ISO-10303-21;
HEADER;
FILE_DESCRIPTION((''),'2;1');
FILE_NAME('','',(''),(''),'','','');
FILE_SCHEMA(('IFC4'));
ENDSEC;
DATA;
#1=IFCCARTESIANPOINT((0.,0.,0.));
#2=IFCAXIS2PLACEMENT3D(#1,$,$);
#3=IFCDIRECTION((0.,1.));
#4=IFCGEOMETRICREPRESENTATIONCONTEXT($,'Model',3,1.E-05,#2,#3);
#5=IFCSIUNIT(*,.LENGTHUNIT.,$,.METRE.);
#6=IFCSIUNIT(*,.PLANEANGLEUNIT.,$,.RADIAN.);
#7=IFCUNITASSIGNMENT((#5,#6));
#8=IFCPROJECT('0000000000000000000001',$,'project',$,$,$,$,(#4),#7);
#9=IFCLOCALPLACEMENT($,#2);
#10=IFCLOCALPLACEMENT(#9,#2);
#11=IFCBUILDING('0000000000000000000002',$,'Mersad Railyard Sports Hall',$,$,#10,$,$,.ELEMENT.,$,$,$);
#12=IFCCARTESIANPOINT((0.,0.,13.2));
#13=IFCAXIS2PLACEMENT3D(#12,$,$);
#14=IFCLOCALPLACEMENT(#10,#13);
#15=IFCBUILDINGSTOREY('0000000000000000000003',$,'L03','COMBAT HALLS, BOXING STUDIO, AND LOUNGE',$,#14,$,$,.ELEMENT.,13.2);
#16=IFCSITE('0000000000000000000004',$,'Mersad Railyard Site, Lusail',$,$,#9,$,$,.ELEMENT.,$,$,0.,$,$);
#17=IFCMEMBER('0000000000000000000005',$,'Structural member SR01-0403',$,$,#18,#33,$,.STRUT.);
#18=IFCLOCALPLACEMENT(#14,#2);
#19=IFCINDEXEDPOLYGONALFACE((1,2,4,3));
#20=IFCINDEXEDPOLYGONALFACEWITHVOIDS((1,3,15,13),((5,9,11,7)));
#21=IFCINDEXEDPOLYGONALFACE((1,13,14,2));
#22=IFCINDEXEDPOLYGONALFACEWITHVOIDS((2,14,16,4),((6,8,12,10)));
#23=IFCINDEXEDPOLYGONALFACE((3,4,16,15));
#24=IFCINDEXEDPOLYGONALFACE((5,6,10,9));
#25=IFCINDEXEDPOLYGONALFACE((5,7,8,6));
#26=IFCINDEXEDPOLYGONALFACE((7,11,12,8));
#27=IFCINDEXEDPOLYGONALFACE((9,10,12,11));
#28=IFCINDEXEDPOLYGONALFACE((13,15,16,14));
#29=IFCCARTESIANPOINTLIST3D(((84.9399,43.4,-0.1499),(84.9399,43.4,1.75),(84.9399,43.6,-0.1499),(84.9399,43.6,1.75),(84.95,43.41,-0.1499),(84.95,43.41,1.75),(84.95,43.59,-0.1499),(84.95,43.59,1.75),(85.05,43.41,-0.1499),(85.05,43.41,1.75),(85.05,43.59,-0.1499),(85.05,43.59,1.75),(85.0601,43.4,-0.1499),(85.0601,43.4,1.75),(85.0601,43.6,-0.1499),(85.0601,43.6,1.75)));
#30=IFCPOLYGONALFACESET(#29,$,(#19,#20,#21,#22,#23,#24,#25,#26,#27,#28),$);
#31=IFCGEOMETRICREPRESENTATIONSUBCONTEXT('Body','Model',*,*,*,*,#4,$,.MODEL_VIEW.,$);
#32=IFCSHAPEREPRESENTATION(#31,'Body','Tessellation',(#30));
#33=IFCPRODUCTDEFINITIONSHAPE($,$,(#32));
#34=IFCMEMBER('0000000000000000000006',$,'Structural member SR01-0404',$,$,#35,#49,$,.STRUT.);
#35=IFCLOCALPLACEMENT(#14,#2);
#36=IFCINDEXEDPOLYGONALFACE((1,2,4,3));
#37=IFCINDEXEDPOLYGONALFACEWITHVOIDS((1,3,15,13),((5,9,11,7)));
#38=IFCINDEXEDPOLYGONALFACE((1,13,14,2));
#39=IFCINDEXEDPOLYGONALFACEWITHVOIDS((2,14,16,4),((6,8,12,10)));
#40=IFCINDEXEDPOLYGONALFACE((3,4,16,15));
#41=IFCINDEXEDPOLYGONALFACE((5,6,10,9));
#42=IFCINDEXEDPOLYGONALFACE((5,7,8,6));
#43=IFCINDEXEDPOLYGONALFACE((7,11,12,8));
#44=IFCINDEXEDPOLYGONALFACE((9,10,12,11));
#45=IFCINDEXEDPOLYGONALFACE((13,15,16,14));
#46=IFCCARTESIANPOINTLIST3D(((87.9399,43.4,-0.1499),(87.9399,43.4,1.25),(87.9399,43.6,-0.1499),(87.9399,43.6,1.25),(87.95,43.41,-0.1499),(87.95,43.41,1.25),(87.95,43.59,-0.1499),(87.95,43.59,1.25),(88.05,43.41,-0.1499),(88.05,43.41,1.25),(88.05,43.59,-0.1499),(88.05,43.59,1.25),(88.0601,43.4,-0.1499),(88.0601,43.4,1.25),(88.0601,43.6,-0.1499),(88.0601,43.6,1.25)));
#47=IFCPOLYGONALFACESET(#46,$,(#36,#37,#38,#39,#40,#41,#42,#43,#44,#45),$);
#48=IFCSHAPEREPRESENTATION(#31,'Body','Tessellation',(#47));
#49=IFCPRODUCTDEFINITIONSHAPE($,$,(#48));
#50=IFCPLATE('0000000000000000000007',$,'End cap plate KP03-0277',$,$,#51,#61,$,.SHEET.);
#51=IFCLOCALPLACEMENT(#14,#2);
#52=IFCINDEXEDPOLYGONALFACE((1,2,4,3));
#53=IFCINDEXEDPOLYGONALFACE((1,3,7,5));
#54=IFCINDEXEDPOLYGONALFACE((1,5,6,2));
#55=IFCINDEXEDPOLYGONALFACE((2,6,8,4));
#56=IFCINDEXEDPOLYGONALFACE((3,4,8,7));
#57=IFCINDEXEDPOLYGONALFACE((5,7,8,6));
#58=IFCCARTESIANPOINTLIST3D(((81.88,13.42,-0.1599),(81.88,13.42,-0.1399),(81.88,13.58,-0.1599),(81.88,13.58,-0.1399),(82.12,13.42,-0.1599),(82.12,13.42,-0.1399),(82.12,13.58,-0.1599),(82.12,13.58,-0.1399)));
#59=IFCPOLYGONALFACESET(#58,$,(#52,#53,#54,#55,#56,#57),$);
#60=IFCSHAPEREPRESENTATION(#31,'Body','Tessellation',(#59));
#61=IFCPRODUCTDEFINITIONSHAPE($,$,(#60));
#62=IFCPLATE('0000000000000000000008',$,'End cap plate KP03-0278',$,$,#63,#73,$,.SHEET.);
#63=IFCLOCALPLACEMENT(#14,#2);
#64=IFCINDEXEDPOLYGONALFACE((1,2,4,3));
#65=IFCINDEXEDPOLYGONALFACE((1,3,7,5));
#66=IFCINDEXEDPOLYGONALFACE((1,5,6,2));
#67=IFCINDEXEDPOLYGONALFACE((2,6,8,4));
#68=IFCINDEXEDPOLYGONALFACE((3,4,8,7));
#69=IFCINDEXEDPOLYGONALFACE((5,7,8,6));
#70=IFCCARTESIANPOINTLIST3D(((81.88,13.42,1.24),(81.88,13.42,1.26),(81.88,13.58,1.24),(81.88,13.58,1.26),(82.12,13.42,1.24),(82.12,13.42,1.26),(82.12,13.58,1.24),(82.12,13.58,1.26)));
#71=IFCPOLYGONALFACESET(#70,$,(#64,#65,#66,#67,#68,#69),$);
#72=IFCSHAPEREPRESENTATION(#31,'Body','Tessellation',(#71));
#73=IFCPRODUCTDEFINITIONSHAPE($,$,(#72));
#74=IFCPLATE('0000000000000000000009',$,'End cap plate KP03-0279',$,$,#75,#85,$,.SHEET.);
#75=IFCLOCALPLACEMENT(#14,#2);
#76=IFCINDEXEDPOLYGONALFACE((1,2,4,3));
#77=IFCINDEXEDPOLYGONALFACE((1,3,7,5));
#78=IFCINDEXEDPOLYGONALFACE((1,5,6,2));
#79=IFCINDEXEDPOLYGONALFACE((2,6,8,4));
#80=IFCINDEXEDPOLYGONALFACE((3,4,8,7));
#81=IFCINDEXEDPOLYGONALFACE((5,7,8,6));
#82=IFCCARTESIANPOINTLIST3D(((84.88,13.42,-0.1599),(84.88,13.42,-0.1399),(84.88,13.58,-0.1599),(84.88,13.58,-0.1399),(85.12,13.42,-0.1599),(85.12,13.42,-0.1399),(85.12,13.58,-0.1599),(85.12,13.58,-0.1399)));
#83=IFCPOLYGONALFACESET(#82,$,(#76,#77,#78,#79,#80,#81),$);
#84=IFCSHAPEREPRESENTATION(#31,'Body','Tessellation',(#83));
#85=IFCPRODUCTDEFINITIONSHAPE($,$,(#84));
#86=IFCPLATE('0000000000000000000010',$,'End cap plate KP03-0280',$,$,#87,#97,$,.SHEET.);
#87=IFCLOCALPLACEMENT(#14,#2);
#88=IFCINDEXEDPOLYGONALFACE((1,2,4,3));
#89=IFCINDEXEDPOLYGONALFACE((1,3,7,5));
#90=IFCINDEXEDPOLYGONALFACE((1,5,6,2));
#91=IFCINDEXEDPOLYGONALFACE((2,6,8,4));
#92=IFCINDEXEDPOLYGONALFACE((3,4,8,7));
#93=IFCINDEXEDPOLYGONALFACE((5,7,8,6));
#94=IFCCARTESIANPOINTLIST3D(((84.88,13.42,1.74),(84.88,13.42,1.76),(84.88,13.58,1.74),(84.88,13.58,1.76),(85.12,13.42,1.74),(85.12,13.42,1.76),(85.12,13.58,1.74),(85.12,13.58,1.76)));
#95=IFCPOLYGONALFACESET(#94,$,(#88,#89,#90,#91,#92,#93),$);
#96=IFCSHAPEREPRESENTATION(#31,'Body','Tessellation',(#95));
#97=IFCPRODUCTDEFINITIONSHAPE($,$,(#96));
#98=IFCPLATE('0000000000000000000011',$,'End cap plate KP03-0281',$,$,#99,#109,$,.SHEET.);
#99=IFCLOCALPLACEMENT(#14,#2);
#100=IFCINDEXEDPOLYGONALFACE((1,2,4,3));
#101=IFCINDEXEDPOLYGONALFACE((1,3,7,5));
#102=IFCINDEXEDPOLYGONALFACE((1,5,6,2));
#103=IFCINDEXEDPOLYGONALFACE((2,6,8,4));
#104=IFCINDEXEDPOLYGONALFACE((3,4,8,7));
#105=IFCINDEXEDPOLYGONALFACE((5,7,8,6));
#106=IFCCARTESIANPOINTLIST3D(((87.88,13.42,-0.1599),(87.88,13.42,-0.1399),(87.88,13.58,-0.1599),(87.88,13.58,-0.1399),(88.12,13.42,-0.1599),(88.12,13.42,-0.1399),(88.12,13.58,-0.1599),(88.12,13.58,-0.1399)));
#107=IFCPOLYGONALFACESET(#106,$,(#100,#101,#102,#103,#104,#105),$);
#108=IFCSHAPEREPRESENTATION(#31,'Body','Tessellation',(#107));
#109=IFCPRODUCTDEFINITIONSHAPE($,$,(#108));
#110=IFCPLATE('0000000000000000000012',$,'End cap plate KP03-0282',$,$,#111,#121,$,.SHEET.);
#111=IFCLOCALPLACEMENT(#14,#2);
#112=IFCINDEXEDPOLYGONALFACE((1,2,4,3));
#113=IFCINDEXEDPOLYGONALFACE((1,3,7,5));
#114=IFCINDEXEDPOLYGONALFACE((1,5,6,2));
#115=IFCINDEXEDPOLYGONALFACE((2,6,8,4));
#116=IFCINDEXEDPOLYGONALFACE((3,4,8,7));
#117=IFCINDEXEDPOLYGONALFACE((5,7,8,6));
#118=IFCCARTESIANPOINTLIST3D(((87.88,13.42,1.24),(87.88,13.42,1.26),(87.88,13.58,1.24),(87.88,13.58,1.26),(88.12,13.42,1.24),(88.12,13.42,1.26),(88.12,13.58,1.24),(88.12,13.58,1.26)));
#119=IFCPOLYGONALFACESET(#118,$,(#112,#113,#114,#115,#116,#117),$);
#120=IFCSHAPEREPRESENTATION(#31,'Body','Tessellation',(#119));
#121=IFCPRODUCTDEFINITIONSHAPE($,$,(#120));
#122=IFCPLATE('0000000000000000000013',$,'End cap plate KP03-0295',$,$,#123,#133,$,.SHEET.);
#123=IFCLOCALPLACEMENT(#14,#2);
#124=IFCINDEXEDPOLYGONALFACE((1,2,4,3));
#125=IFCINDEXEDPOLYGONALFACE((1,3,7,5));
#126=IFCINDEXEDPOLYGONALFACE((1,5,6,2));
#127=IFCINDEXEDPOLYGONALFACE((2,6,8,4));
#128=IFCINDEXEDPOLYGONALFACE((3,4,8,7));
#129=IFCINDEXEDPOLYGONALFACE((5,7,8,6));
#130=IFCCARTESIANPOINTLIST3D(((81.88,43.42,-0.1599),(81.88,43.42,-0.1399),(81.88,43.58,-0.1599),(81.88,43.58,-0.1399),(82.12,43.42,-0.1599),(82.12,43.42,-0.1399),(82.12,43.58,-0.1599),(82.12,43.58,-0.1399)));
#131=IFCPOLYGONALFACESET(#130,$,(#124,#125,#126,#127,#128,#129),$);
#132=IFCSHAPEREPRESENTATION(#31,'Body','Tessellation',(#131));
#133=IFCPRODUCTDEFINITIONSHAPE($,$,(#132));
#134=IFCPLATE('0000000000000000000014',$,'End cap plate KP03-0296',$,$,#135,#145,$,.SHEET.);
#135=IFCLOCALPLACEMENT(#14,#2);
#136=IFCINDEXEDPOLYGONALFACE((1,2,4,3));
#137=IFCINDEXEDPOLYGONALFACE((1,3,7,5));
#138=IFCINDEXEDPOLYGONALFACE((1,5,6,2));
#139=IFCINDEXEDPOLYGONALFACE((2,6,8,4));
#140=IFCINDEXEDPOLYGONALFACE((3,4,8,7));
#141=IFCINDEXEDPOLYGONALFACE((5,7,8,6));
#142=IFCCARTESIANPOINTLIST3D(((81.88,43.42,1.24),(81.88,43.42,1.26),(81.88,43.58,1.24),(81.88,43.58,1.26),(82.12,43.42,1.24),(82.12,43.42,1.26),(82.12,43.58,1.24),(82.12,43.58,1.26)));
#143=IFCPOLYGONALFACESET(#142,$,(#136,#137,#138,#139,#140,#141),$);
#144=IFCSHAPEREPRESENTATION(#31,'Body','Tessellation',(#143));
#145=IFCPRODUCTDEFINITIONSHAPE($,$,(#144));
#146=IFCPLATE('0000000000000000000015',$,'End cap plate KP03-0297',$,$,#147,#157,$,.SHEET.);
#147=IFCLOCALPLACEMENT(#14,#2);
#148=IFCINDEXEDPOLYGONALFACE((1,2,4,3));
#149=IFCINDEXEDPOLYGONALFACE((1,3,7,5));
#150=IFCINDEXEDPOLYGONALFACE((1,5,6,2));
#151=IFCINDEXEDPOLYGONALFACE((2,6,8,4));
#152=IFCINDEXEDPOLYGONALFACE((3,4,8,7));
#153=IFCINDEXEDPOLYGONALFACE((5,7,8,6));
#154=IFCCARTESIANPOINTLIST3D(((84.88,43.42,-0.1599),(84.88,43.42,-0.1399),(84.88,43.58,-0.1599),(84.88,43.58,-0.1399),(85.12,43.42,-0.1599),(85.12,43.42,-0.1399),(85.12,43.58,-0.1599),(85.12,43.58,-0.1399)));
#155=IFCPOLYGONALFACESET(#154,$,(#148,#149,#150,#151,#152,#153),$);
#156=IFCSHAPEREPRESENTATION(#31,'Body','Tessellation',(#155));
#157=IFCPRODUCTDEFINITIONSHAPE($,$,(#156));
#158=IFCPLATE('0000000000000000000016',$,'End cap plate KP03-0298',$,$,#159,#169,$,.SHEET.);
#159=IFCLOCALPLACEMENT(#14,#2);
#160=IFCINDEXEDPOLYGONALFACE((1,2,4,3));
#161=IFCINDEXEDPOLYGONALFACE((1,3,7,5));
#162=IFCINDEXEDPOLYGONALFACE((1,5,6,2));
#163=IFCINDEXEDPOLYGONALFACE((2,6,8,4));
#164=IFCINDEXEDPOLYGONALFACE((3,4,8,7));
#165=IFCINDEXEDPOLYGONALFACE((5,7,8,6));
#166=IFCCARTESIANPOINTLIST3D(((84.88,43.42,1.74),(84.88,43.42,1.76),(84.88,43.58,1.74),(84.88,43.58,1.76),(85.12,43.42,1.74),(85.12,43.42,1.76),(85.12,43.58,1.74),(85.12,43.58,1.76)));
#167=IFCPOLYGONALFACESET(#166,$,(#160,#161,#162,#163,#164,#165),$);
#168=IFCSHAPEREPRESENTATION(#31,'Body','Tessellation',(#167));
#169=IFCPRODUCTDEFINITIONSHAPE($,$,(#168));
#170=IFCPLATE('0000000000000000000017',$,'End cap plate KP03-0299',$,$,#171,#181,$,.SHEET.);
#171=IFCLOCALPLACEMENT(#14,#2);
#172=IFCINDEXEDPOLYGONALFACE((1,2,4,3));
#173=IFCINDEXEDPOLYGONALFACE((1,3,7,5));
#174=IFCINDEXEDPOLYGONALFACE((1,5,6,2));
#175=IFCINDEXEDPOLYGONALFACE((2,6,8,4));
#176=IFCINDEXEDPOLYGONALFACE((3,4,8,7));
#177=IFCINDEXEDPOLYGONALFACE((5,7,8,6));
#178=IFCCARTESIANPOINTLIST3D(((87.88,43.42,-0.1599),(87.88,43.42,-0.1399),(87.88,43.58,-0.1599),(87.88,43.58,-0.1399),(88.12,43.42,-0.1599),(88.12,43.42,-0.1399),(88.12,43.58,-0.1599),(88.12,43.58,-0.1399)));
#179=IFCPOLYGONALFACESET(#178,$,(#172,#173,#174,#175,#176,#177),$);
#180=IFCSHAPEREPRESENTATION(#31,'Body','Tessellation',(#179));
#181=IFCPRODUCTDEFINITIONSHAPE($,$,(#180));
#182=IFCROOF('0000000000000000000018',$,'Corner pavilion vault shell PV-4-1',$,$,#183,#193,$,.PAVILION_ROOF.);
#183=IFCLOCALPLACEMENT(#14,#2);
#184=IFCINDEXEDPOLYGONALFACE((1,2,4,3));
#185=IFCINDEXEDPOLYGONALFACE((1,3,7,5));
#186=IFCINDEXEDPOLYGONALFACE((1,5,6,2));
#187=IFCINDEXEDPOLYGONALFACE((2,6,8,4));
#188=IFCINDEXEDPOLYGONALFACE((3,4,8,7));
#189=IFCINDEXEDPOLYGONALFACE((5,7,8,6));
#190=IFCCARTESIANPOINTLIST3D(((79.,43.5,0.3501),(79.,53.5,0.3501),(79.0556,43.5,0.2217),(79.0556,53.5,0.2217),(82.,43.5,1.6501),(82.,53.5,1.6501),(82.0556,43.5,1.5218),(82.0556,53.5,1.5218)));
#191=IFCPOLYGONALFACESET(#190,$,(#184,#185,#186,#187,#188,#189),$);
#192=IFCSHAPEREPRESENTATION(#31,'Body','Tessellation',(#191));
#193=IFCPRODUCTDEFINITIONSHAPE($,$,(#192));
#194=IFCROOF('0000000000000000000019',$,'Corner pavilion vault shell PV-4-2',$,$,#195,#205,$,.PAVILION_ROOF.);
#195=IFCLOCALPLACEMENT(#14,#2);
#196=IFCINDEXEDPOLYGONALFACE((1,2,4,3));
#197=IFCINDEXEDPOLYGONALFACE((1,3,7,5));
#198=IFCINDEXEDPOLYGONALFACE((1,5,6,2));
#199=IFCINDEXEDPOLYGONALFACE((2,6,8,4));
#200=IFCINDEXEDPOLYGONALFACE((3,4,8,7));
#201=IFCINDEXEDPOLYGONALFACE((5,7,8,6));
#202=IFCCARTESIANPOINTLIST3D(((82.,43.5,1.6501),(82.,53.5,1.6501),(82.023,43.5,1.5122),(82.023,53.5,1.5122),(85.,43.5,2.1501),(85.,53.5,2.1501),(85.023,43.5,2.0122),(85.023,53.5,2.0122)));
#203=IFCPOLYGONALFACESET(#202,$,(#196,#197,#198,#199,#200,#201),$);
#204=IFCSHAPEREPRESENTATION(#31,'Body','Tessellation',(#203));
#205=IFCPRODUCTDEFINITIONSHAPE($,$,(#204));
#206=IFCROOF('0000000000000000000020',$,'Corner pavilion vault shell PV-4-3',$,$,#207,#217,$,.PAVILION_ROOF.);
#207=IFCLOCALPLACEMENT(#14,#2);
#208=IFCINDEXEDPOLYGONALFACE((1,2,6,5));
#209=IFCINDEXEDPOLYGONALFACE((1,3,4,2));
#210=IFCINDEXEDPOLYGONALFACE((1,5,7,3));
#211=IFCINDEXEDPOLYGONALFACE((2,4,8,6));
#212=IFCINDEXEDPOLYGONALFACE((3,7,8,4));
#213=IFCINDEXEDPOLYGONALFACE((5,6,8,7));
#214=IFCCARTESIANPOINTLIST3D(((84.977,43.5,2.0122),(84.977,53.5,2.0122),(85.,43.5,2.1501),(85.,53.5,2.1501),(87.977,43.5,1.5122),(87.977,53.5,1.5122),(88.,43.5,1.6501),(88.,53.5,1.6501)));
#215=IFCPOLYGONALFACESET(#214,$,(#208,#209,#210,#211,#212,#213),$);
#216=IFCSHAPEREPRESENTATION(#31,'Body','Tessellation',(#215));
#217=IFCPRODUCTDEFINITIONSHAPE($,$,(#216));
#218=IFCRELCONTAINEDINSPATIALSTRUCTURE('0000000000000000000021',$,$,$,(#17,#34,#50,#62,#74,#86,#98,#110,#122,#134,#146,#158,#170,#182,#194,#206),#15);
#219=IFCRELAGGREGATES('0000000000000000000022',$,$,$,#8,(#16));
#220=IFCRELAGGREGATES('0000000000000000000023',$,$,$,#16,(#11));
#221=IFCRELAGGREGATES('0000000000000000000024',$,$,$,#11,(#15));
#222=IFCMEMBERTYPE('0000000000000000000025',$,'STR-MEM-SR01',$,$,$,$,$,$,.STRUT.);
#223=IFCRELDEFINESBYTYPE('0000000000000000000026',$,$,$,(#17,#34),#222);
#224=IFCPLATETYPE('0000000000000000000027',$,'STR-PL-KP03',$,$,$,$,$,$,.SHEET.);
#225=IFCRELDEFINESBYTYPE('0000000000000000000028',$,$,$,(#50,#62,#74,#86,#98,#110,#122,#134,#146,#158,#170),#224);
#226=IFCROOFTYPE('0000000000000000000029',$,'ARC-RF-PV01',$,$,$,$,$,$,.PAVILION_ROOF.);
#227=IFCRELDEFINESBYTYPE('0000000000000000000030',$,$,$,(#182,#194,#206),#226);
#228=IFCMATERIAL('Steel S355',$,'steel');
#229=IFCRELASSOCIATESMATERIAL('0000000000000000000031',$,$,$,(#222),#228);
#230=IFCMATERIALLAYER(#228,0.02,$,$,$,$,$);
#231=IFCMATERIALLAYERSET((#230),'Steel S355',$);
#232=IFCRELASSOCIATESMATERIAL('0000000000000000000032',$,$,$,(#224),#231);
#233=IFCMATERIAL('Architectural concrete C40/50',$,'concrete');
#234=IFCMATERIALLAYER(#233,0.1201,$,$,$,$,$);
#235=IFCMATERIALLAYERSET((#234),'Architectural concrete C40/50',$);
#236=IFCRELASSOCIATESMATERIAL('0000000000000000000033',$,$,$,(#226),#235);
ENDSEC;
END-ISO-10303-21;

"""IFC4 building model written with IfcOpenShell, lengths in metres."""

from ifc_helpers import new_model, si_unit, direction, frame, origin, origin_2d, place, context, subcontext, project, spatial, polyline, rectangle, hollow_rectangle, outline, extrude, material, layer, layer_set, material_profile, profile_set, type_object, element, save


model = new_model("IFC4")

# Units and contexts
model_context = context("Model", 3, precision=1e-05, world=origin(), true_north=direction((0.0, 1.0)))
body_context = subcontext(model_context, "Body", "Model", "MODEL_VIEW")
ifc_project = project(units=[si_unit("LENGTHUNIT", "METRE"), si_unit("PLANEANGLEUNIT", "RADIAN")], contexts=[model_context])

# Site, building, storey
site_placement = place(None, origin())
site = spatial("IfcSite", under=ifc_project, at=site_placement, Name="Mersad Railyard Site, Lusail", CompositionType="ELEMENT", RefElevation=0.0)
building_placement = place(site_placement, origin())
building = spatial("IfcBuilding", under=site, at=building_placement, Name="Mersad Railyard Sports Hall", CompositionType="ELEMENT")
storey_placement = place(building_placement, frame((0.0, 0.0, 13.2)))
storey = spatial("IfcBuildingStorey", under=building, at=storey_placement, Name="L03", Description="COMBAT HALLS, BOXING STUDIO, AND LOUNGE", CompositionType="ELEMENT", Elevation=13.2)

# Members
ifc_material_1 = material(Name="Steel S355", Category="steel")
ifc_material_profile_1 = material_profile(ifc_material_1, hollow_rectangle(XDim=0.1201, YDim=0.2, WallThickness=0.01, at=origin_2d()), Name="RHS 200x120x10")
ifc_profile_set_1 = profile_set([ifc_material_profile_1], Name="Steel S355")
member_type = type_object("IfcMemberType", Name="STR-MEM-SR01", PredefinedType="STRUT", material=ifc_profile_set_1)
member_1_placement = place(storey_placement, frame((85.0, 43.5, -0.1499), z_axis=(0.0, 0.0, 1.0), x_axis=(1.0, 0.0, 0.0)))
element("IfcMember", 1, at=member_1_placement, inside=storey, type_object=member_type, Name="Structural member SR01-0403", PredefinedType="STRUT", context=body_context, shape_type="SweptSolid", body=[
    extrude(hollow_rectangle(XDim=0.1201, YDim=0.2, WallThickness=0.01, at=origin_2d()), origin(), (0.0, 0.0, 1.0), 1.8999),
])
member_2_placement = place(storey_placement, frame((88.0, 43.5, -0.1499), z_axis=(0.0, 0.0, 1.0), x_axis=(1.0, 0.0, 0.0)))
element("IfcMember", 2, at=member_2_placement, inside=storey, type_object=member_type, Name="Structural member SR01-0404", PredefinedType="STRUT", context=body_context, shape_type="SweptSolid", body=[
    extrude(hollow_rectangle(XDim=0.1201, YDim=0.2, WallThickness=0.01, at=origin_2d()), origin(), (0.0, 0.0, 1.0), 1.3999),
])

# Plates
ifc_layer_1 = layer(ifc_material_1, 0.02)
ifc_layer_set_1 = layer_set([ifc_layer_1], Name="Steel S355")
plate_type = type_object("IfcPlateType", Name="STR-PL-KP03", PredefinedType="SHEET", material=ifc_layer_set_1)
for number, where, z_axis, x_axis, name in (
    (3, (82.0, 13.5, -0.1599), (0.0, 0.0, 1.0), (1.0, 0.0, 0.0), "End cap plate KP03-0277"),
    (4, (82.0, 13.5, 1.24), (0.0, 0.0, 1.0), (1.0, 0.0, 0.0), "End cap plate KP03-0278"),
    (5, (85.0, 13.5, -0.1599), (0.0, 0.0, 1.0), (1.0, 0.0, 0.0), "End cap plate KP03-0279"),
    (6, (85.0, 13.5, 1.74), (0.0, 0.0, 1.0), (1.0, 0.0, 0.0), "End cap plate KP03-0280"),
    (7, (88.0, 13.5, -0.1599), (0.0, 0.0, 1.0), (1.0, 0.0, 0.0), "End cap plate KP03-0281"),
    (8, (88.0, 13.5, 1.24), (0.0, 0.0, 1.0), (1.0, 0.0, 0.0), "End cap plate KP03-0282"),
    (9, (82.0, 43.5, -0.1599), (0.0, 0.0, 1.0), (1.0, 0.0, 0.0), "End cap plate KP03-0295"),
    (10, (82.0, 43.5, 1.24), (0.0, 0.0, 1.0), (1.0, 0.0, 0.0), "End cap plate KP03-0296"),
    (11, (85.0, 43.5, -0.1599), (0.0, 0.0, 1.0), (1.0, 0.0, 0.0), "End cap plate KP03-0297"),
    (12, (85.0, 43.5, 1.74), (0.0, 0.0, 1.0), (1.0, 0.0, 0.0), "End cap plate KP03-0298"),
    (13, (88.0, 43.5, -0.1599), (0.0, 0.0, 1.0), (1.0, 0.0, 0.0), "End cap plate KP03-0299"),
):
    element("IfcPlate", number, at=place(storey_placement, frame(where, z_axis=z_axis, x_axis=x_axis)), inside=storey, type_object=plate_type, Name=name, PredefinedType="SHEET", context=body_context, shape_type="SweptSolid", body=[
        extrude(rectangle(XDim=0.24, YDim=0.1599, at=origin_2d()), origin(), (0.0, 0.0, 1.0), 0.02),
    ])

# Roofs
ifc_material_2 = material(Name="Architectural concrete C40/50", Category="concrete")
ifc_layer_2 = layer(ifc_material_2, 0.1201)
ifc_layer_set_2 = layer_set([ifc_layer_2], Name="Architectural concrete C40/50")
roof_type = type_object("IfcRoofType", Name="ARC-RF-PV01", PredefinedType="PAVILION_ROOF", material=ifc_layer_set_2)
roof_placement = place(storey_placement, frame((79.0, 43.5, 0.3501), z_axis=(-0.39762, 0.0, 0.91755), x_axis=(0.91755, 0.0, 0.39762)))
element("IfcRoof", 14, at=roof_placement, inside=storey, type_object=roof_type, Name="Corner pavilion vault shell PV-4-1", PredefinedType="PAVILION_ROOF", context=body_context, shape_type="SweptSolid", body=[
    extrude(outline(polyline([(0.0, 0.0), (3.2696, 0.0), (3.2696, 10.0), (0.0, 10.0), (0.0, 0.0)])), origin(), (0.0, 0.0, -1.0), 0.1399),
])
for number, where, z_axis, x_axis, name in (
    (15, (82.0, 43.5, 1.6501), (-0.164399, 0.0, 0.986394), (0.986394, 0.0, 0.164399), "Corner pavilion vault shell PV-4-2"),
    (16, (85.0, 43.5, 2.1501), (0.164399, 0.0, 0.986394), (0.986394, 0.0, -0.164399), "Corner pavilion vault shell PV-4-3"),
):
    element("IfcRoof", number, at=place(storey_placement, frame(where, z_axis=z_axis, x_axis=x_axis)), inside=storey, type_object=roof_type, Name=name, PredefinedType="PAVILION_ROOF", context=body_context, shape_type="SweptSolid", body=[
        extrude(outline(polyline([(0.0, 0.0), (3.0414, 0.0), (3.0414, 10.0), (0.0, 10.0), (0.0, 0.0)])), origin(), (0.0, 0.0, -1.0), 0.1399),
    ])

save(model, "model.ifc")
